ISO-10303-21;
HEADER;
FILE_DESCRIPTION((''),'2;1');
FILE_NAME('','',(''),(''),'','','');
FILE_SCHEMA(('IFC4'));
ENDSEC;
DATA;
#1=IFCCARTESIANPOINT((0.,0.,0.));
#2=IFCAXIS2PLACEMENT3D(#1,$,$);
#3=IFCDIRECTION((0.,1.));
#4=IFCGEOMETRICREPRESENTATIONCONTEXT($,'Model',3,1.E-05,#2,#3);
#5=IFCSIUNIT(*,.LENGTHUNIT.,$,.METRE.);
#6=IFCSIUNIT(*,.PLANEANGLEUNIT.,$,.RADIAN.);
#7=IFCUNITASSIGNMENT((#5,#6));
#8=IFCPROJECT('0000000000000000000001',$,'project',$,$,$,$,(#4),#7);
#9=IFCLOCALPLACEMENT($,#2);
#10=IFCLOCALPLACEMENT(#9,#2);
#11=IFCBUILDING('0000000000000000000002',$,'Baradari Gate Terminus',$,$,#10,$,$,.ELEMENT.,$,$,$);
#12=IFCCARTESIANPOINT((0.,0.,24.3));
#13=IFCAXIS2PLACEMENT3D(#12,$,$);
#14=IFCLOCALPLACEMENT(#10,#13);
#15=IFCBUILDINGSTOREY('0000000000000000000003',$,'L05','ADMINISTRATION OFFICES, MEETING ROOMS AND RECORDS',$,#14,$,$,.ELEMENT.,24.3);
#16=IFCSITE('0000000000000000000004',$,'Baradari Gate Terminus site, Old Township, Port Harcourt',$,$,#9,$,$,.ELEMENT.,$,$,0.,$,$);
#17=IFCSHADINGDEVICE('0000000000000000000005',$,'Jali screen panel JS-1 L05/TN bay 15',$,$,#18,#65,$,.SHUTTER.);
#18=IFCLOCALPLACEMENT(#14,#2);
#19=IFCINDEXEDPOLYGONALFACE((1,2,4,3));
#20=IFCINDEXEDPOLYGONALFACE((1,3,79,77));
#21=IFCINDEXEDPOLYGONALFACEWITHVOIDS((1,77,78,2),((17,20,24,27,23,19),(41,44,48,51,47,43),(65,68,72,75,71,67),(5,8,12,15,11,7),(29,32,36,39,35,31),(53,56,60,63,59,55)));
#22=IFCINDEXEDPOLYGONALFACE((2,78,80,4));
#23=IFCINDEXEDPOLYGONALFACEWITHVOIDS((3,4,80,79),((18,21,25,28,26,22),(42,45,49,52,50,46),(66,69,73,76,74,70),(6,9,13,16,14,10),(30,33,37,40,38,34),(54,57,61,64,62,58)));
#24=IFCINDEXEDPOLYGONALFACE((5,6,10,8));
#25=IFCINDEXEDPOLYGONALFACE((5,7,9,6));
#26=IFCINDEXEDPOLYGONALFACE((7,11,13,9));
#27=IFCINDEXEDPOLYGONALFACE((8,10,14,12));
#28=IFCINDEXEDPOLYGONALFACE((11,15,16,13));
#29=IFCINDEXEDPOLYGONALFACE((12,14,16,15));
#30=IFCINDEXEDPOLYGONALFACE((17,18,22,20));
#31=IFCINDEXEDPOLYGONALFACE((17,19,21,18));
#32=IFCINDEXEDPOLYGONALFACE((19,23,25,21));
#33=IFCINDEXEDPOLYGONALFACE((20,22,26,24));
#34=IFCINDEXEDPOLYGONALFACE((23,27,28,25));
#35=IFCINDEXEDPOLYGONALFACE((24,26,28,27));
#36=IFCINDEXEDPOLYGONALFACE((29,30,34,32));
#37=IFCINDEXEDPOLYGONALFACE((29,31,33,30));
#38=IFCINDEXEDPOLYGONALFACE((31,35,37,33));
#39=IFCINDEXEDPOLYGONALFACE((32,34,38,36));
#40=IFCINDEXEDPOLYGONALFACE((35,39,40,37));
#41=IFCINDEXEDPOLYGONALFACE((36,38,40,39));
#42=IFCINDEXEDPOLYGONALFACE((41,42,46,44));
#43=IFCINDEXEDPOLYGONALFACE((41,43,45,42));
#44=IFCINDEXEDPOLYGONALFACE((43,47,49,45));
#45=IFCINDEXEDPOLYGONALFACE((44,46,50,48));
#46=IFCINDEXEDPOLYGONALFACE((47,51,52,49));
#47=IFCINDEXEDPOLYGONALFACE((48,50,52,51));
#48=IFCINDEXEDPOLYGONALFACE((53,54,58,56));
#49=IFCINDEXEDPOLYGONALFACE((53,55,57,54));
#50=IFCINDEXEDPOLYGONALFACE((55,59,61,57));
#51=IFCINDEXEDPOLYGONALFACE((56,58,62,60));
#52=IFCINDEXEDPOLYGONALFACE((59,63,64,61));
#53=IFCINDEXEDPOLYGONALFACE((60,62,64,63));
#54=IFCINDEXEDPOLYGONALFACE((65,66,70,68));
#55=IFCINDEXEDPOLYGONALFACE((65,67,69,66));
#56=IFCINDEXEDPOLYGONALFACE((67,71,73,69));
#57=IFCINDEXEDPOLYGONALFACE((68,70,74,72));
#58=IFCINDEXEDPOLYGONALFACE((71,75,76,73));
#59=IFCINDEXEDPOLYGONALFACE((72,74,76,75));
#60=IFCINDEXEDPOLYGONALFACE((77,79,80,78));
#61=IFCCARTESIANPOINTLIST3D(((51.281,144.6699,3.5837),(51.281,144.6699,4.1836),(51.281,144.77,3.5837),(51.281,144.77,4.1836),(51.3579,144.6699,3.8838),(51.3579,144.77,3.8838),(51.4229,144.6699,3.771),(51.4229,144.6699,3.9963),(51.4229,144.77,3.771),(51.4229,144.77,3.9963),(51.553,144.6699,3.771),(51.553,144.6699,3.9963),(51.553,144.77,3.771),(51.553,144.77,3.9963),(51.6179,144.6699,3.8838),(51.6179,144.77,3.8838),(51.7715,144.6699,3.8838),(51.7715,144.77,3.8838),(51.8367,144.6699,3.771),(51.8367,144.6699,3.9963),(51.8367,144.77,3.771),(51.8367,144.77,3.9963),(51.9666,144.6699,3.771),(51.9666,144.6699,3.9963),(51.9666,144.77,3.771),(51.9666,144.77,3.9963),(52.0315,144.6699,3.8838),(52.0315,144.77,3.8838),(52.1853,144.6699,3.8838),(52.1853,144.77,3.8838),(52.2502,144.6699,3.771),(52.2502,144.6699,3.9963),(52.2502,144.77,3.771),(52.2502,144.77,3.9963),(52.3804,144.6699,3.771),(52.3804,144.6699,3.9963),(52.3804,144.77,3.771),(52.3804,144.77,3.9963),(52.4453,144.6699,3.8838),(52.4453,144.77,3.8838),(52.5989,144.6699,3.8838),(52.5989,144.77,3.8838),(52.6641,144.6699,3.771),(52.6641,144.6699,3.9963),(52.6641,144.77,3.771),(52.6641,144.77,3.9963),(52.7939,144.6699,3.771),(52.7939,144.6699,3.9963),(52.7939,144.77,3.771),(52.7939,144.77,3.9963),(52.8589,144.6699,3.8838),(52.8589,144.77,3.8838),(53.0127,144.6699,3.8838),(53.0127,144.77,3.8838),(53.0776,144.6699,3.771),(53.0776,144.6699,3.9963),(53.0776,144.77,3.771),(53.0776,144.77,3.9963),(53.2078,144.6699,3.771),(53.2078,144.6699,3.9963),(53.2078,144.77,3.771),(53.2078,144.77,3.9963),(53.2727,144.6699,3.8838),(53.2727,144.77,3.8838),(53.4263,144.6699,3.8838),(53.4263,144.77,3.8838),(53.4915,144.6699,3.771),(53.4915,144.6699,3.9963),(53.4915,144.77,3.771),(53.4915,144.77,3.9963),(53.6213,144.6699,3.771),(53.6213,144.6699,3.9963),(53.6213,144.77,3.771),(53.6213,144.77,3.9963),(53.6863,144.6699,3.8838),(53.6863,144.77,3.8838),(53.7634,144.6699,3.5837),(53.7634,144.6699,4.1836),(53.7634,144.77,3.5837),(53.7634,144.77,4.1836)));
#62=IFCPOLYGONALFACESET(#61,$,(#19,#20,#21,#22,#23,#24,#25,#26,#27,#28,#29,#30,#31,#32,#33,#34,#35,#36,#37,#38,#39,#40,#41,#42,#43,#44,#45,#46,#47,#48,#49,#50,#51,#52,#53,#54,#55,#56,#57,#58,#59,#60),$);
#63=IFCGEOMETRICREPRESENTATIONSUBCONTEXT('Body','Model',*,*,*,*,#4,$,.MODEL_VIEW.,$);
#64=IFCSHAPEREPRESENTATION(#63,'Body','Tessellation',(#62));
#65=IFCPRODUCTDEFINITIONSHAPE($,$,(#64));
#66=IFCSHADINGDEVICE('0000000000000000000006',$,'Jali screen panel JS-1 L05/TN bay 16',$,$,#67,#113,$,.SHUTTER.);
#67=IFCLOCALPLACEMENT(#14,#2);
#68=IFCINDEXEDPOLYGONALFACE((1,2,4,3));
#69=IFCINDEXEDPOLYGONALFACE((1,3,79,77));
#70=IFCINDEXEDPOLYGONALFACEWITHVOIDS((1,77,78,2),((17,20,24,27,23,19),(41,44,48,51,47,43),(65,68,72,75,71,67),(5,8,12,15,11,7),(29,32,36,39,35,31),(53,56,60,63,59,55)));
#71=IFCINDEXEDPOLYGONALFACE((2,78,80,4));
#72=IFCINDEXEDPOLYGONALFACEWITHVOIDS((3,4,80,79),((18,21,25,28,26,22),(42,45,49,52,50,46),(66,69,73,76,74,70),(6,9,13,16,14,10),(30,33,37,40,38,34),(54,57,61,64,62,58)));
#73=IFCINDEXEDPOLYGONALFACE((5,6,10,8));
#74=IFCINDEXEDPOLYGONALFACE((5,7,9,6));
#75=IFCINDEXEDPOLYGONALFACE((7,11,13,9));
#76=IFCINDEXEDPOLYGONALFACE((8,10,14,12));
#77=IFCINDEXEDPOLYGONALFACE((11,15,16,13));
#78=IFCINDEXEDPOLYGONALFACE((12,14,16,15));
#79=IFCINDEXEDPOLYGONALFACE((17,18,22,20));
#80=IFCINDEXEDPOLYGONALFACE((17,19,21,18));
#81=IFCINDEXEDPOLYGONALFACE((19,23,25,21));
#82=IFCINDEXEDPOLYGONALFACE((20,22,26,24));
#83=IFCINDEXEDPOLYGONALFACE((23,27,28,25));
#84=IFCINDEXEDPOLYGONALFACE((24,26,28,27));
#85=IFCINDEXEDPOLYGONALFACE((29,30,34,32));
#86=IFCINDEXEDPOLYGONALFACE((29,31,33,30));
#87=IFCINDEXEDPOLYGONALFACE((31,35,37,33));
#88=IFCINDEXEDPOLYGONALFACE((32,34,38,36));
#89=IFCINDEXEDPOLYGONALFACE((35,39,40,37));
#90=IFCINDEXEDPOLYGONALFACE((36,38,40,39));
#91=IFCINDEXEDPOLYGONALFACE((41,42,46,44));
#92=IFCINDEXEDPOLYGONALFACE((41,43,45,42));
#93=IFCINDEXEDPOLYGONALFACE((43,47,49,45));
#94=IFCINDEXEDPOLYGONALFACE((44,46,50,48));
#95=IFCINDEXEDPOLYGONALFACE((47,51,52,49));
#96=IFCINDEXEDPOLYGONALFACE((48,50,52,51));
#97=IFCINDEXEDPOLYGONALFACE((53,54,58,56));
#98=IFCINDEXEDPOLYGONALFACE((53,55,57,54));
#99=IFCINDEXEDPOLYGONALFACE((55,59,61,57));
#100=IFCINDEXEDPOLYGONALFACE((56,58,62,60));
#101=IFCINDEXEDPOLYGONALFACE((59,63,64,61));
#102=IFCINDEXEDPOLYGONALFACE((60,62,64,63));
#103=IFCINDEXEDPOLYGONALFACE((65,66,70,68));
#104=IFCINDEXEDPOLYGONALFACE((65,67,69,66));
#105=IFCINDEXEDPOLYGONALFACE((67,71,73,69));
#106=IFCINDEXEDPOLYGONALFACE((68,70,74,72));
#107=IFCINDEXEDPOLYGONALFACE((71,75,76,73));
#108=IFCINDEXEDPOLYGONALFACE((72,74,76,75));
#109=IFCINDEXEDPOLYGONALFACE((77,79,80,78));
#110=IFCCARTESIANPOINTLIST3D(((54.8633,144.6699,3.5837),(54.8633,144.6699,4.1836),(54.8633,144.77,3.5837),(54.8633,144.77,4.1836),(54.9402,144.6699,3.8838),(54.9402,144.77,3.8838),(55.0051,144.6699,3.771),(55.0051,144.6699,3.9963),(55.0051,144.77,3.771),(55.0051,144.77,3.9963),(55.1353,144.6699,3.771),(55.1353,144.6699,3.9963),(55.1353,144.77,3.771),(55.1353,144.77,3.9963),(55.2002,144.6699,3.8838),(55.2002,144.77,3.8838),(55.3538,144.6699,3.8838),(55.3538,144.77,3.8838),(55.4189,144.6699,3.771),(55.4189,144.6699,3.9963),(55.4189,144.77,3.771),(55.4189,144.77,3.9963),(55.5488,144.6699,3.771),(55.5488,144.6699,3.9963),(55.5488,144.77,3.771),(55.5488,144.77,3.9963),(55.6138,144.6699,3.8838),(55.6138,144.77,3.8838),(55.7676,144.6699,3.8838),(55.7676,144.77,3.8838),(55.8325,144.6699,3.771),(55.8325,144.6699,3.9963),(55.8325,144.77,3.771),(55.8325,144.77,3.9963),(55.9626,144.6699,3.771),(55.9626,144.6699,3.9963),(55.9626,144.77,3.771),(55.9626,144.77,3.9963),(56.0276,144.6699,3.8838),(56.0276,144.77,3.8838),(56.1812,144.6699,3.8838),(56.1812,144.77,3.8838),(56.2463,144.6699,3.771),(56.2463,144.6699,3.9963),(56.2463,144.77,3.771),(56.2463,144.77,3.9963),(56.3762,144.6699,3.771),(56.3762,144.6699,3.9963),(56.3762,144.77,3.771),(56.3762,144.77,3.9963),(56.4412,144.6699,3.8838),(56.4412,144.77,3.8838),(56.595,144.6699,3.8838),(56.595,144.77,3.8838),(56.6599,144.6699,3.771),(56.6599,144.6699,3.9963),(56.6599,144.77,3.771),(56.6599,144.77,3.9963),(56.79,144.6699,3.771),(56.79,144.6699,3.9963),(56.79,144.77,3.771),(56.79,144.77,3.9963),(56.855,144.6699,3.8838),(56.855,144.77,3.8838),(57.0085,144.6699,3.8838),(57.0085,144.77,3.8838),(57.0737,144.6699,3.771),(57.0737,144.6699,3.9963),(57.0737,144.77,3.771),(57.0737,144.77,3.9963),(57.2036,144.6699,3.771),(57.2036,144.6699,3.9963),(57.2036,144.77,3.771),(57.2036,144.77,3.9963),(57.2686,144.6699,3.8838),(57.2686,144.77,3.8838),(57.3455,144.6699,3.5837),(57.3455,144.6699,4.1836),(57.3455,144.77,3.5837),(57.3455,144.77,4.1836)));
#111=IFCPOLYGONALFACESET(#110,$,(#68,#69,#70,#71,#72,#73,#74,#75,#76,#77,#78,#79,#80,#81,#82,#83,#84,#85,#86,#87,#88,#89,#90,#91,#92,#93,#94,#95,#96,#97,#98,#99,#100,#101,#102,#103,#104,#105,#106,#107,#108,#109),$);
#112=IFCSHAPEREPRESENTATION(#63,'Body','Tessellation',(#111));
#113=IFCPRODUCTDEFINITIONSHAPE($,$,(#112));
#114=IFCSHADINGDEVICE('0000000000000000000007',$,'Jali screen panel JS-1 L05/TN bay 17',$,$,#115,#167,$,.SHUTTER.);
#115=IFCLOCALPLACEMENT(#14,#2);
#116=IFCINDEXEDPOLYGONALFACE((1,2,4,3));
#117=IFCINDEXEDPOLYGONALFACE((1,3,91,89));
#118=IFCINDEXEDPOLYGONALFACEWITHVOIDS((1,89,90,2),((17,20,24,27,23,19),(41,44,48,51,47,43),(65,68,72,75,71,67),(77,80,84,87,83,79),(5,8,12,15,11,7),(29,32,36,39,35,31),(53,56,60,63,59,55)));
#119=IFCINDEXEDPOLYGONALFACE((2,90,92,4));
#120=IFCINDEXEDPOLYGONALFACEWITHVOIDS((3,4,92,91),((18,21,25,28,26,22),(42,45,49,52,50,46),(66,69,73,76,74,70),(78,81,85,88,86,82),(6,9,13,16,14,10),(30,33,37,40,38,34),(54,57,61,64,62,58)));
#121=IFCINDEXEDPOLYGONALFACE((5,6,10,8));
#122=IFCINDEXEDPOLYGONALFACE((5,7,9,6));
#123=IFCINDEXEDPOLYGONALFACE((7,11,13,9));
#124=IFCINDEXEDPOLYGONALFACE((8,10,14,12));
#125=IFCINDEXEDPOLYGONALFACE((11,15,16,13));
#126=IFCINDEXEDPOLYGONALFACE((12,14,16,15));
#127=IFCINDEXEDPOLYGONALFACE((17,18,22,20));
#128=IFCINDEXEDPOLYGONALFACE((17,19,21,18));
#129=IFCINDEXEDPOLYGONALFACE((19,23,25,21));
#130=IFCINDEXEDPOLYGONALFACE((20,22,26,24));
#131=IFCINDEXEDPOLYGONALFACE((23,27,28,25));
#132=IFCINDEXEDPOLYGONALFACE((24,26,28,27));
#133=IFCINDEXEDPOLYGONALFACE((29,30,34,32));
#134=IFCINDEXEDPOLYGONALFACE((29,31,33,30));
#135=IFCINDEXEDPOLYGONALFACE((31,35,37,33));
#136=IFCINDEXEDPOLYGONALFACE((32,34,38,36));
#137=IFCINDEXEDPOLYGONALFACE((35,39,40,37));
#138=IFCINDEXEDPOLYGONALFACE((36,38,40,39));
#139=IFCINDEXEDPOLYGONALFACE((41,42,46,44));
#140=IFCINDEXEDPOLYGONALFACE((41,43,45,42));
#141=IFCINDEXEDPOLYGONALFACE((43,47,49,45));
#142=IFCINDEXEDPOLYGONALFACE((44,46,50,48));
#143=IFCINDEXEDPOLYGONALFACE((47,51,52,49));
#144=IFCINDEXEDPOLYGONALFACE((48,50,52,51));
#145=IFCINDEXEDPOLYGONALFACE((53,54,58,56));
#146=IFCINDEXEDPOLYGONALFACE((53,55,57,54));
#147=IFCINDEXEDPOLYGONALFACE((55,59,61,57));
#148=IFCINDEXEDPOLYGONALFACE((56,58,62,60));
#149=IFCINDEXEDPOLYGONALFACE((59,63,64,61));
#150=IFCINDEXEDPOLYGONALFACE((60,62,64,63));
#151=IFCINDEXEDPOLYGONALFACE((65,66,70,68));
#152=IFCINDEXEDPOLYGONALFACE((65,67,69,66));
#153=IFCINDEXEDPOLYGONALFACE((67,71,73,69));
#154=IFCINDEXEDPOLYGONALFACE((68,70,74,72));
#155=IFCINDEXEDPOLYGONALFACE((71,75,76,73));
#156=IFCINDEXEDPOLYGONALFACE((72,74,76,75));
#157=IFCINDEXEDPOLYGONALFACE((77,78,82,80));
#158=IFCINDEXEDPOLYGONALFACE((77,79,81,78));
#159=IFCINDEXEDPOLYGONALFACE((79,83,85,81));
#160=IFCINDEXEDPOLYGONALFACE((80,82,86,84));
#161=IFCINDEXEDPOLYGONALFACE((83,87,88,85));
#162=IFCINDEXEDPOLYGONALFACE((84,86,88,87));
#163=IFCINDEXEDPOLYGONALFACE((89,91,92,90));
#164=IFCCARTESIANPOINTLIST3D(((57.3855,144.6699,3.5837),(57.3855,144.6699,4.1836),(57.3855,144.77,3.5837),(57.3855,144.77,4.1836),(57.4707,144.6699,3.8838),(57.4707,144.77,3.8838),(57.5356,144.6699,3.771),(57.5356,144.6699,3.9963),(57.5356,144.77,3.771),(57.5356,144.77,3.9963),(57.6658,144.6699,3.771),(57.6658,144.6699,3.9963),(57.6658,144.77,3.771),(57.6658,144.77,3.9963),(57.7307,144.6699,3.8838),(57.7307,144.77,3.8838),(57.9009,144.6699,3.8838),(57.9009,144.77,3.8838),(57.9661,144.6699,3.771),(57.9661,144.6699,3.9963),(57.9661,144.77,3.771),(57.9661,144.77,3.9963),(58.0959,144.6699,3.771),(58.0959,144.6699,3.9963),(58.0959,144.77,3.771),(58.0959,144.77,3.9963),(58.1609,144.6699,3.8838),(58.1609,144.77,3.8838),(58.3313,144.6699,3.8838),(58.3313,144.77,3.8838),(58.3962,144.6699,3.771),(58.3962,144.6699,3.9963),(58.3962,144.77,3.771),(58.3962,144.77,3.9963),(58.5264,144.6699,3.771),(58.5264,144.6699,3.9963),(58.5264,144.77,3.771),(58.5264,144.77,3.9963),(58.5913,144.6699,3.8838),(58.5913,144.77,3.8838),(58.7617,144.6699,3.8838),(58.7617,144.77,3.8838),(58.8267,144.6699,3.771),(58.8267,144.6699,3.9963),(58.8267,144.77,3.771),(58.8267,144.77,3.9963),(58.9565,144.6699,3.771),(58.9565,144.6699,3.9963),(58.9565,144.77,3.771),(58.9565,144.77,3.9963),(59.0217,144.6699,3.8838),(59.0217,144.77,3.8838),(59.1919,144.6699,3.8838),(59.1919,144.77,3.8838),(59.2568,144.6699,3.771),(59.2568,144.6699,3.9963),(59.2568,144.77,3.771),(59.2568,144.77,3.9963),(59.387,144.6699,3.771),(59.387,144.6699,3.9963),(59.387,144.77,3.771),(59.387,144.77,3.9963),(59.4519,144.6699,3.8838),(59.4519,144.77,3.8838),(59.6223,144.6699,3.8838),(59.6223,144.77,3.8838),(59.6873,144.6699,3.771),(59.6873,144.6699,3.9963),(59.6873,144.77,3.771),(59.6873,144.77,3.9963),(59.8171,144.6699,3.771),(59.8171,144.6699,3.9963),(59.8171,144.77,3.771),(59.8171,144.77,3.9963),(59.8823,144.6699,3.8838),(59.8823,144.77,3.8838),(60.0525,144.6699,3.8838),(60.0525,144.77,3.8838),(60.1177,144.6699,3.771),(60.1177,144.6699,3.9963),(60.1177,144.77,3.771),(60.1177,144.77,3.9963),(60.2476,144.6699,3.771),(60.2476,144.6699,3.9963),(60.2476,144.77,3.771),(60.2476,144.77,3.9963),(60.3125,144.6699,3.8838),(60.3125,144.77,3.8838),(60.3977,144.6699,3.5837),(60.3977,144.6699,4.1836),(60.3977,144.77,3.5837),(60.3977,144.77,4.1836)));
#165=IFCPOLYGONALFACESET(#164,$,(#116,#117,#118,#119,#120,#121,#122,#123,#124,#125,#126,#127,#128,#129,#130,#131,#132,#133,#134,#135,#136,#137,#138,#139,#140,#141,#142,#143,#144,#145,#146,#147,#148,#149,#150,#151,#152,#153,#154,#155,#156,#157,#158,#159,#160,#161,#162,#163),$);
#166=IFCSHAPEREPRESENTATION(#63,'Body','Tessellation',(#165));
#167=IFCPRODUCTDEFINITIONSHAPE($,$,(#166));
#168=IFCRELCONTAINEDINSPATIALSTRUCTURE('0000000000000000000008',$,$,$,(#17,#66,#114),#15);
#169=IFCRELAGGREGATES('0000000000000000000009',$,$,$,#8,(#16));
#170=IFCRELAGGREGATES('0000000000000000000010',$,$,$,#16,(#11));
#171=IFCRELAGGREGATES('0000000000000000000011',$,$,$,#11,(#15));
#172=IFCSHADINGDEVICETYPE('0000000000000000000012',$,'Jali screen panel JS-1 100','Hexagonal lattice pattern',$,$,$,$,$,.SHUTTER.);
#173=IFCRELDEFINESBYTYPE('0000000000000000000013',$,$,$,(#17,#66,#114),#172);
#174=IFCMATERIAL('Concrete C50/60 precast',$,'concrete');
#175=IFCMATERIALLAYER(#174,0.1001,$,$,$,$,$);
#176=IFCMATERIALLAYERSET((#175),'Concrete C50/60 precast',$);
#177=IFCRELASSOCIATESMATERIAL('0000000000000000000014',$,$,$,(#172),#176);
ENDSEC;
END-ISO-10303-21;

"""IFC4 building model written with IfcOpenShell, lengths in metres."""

from ifc_helpers import new_model, si_unit, direction, frame, origin, place, context, subcontext, project, spatial, polyline, outline, extrude, material, layer, layer_set, type_object, element, save


model = new_model("IFC4")

# Units and contexts
model_context = context("Model", 3, precision=1e-05, world=origin(), true_north=direction((0.0, 1.0)))
body_context = subcontext(model_context, "Body", "Model", "MODEL_VIEW")
ifc_project = project(units=[si_unit("LENGTHUNIT", "METRE"), si_unit("PLANEANGLEUNIT", "RADIAN")], contexts=[model_context])

# Site, building, storey
site_placement = place(None, origin())
site = spatial("IfcSite", under=ifc_project, at=site_placement, Name="Baradari Gate Terminus site, Old Township, Port Harcourt", CompositionType="ELEMENT", RefElevation=0.0)
building_placement = place(site_placement, origin())
building = spatial("IfcBuilding", under=site, at=building_placement, Name="Baradari Gate Terminus", CompositionType="ELEMENT")
storey_placement = place(building_placement, frame((0.0, 0.0, 24.3)))
storey = spatial("IfcBuildingStorey", under=building, at=storey_placement, Name="L05", Description="ADMINISTRATION OFFICES, MEETING ROOMS AND RECORDS", CompositionType="ELEMENT", Elevation=24.3)

# Shading devices
ifc_material_1 = material(Name="Concrete C50/60 precast", Category="concrete")
ifc_layer_1 = layer(ifc_material_1, 0.1001)
ifc_layer_set_1 = layer_set([ifc_layer_1], Name="Concrete C50/60 precast")
shading_device_type_1 = type_object("IfcShadingDeviceType", Name="Jali screen panel JS-1 100", Description="Hexagonal lattice pattern", PredefinedType="SHUTTER", material=ifc_layer_set_1)
shading_device_1_placement = place(storey_placement, frame((51.281, 144.72, 3.5837), z_axis=(0.0, 0.0, 1.0), x_axis=(1.0, 0.0, 0.0)))
element("IfcShadingDevice", 1, at=shading_device_1_placement, inside=storey, type_object=shading_device_type_1, Name="Jali screen panel JS-1 L05/TN bay 15", PredefinedType="SHUTTER", context=body_context, shape_type="SweptSolid", body=[
    extrude(outline(polyline([(0.0, 0.0), (2.4824, 0.0), (2.4824, 0.5999), (0.0, 0.5999), (0.0, 0.0)]), holes=[polyline([(0.3369, 0.3), (0.272, 0.1873), (0.1418, 0.1873), (0.0769, 0.3), (0.1418, 0.4126), (0.272, 0.4126), (0.3369, 0.3)]), polyline([(0.7505, 0.3), (0.6855, 0.1873), (0.5557, 0.1873), (0.4905, 0.3), (0.5557, 0.4126), (0.6855, 0.4126), (0.7505, 0.3)]), polyline([(1.1643, 0.3), (1.0994, 0.1873), (0.9692, 0.1873), (0.9043, 0.3), (0.9692, 0.4126), (1.0994, 0.4126), (1.1643, 0.3)]), polyline([(1.5779, 0.3), (1.5129, 0.1873), (1.3831, 0.1873), (1.3179, 0.3), (1.3831, 0.4126), (1.5129, 0.4126), (1.5779, 0.3)]), polyline([(1.9917, 0.3), (1.9268, 0.1873), (1.7966, 0.1873), (1.7317, 0.3), (1.7966, 0.4126), (1.9268, 0.4126), (1.9917, 0.3)]), polyline([(2.4053, 0.3), (2.3403, 0.1873), (2.2104, 0.1873), (2.1453, 0.3), (2.2104, 0.4126), (2.3403, 0.4126), (2.4053, 0.3)])]), frame((0.0, 0.05, 0.0), z_axis=(0.0, -1.0, 0.0), x_axis=(1.0, 0.0, 0.0)), (0.0, 0.0, 1.0), 0.1001),
])
shading_device_2_placement = place(storey_placement, frame((54.8633, 144.72, 3.5837), z_axis=(0.0, 0.0, 1.0), x_axis=(1.0, 0.0, 0.0)))
element("IfcShadingDevice", 2, at=shading_device_2_placement, inside=storey, type_object=shading_device_type_1, Name="Jali screen panel JS-1 L05/TN bay 16", PredefinedType="SHUTTER", context=body_context, shape_type="SweptSolid", body=[
    extrude(outline(polyline([(0.0, 0.0), (2.4822, 0.0), (2.4822, 0.5999), (0.0, 0.5999), (0.0, 0.0)]), holes=[polyline([(0.3369, 0.3), (0.272, 0.1873), (0.1418, 0.1873), (0.0769, 0.3), (0.1418, 0.4126), (0.272, 0.4126), (0.3369, 0.3)]), polyline([(0.7505, 0.3), (0.6855, 0.1873), (0.5557, 0.1873), (0.4905, 0.3), (0.5557, 0.4126), (0.6855, 0.4126), (0.7505, 0.3)]), polyline([(1.1643, 0.3), (1.0994, 0.1873), (0.9692, 0.1873), (0.9043, 0.3), (0.9692, 0.4126), (1.0994, 0.4126), (1.1643, 0.3)]), polyline([(1.5779, 0.3), (1.5129, 0.1873), (1.3831, 0.1873), (1.3179, 0.3), (1.3831, 0.4126), (1.5129, 0.4126), (1.5779, 0.3)]), polyline([(1.9917, 0.3), (1.9268, 0.1873), (1.7966, 0.1873), (1.7317, 0.3), (1.7966, 0.4126), (1.9268, 0.4126), (1.9917, 0.3)]), polyline([(2.4053, 0.3), (2.3403, 0.1873), (2.2104, 0.1873), (2.1453, 0.3), (2.2104, 0.4126), (2.3403, 0.4126), (2.4053, 0.3)])]), frame((0.0, 0.05, 0.0), z_axis=(0.0, -1.0, 0.0), x_axis=(1.0, 0.0, 0.0)), (0.0, 0.0, 1.0), 0.1001),
])
shading_device_3_placement = place(storey_placement, frame((57.3855, 144.72, 3.5837), z_axis=(0.0, 0.0, 1.0), x_axis=(1.0, 0.0, 0.0)))
element("IfcShadingDevice", 3, at=shading_device_3_placement, inside=storey, type_object=shading_device_type_1, Name="Jali screen panel JS-1 L05/TN bay 17", PredefinedType="SHUTTER", context=body_context, shape_type="SweptSolid", body=[
    extrude(outline(polyline([(0.0, 0.0), (3.0122, 0.0), (3.0122, 0.5999), (0.0, 0.5999), (0.0, 0.0)]), holes=[polyline([(0.3452, 0.3), (0.2803, 0.1873), (0.1501, 0.1873), (0.0852, 0.3), (0.1501, 0.4126), (0.2803, 0.4126), (0.3452, 0.3)]), polyline([(0.7754, 0.3), (0.7104, 0.1873), (0.5806, 0.1873), (0.5154, 0.3), (0.5806, 0.4126), (0.7104, 0.4126), (0.7754, 0.3)]), polyline([(1.2058, 0.3), (1.1409, 0.1873), (1.0107, 0.1873), (0.9458, 0.3), (1.0107, 0.4126), (1.1409, 0.4126), (1.2058, 0.3)]), polyline([(1.6362, 0.3), (1.571, 0.1873), (1.4412, 0.1873), (1.3762, 0.3), (1.4412, 0.4126), (1.571, 0.4126), (1.6362, 0.3)]), polyline([(2.0664, 0.3), (2.0015, 0.1873), (1.8713, 0.1873), (1.8064, 0.3), (1.8713, 0.4126), (2.0015, 0.4126), (2.0664, 0.3)]), polyline([(2.4968, 0.3), (2.4316, 0.1873), (2.3018, 0.1873), (2.2368, 0.3), (2.3018, 0.4126), (2.4316, 0.4126), (2.4968, 0.3)]), polyline([(2.927, 0.3), (2.8621, 0.1873), (2.7322, 0.1873), (2.667, 0.3), (2.7322, 0.4126), (2.8621, 0.4126), (2.927, 0.3)])]), frame((0.0, 0.05, 0.0), z_axis=(0.0, -1.0, 0.0), x_axis=(1.0, 0.0, 0.0)), (0.0, 0.0, 1.0), 0.1001),
])

save(model, "model.ifc")
